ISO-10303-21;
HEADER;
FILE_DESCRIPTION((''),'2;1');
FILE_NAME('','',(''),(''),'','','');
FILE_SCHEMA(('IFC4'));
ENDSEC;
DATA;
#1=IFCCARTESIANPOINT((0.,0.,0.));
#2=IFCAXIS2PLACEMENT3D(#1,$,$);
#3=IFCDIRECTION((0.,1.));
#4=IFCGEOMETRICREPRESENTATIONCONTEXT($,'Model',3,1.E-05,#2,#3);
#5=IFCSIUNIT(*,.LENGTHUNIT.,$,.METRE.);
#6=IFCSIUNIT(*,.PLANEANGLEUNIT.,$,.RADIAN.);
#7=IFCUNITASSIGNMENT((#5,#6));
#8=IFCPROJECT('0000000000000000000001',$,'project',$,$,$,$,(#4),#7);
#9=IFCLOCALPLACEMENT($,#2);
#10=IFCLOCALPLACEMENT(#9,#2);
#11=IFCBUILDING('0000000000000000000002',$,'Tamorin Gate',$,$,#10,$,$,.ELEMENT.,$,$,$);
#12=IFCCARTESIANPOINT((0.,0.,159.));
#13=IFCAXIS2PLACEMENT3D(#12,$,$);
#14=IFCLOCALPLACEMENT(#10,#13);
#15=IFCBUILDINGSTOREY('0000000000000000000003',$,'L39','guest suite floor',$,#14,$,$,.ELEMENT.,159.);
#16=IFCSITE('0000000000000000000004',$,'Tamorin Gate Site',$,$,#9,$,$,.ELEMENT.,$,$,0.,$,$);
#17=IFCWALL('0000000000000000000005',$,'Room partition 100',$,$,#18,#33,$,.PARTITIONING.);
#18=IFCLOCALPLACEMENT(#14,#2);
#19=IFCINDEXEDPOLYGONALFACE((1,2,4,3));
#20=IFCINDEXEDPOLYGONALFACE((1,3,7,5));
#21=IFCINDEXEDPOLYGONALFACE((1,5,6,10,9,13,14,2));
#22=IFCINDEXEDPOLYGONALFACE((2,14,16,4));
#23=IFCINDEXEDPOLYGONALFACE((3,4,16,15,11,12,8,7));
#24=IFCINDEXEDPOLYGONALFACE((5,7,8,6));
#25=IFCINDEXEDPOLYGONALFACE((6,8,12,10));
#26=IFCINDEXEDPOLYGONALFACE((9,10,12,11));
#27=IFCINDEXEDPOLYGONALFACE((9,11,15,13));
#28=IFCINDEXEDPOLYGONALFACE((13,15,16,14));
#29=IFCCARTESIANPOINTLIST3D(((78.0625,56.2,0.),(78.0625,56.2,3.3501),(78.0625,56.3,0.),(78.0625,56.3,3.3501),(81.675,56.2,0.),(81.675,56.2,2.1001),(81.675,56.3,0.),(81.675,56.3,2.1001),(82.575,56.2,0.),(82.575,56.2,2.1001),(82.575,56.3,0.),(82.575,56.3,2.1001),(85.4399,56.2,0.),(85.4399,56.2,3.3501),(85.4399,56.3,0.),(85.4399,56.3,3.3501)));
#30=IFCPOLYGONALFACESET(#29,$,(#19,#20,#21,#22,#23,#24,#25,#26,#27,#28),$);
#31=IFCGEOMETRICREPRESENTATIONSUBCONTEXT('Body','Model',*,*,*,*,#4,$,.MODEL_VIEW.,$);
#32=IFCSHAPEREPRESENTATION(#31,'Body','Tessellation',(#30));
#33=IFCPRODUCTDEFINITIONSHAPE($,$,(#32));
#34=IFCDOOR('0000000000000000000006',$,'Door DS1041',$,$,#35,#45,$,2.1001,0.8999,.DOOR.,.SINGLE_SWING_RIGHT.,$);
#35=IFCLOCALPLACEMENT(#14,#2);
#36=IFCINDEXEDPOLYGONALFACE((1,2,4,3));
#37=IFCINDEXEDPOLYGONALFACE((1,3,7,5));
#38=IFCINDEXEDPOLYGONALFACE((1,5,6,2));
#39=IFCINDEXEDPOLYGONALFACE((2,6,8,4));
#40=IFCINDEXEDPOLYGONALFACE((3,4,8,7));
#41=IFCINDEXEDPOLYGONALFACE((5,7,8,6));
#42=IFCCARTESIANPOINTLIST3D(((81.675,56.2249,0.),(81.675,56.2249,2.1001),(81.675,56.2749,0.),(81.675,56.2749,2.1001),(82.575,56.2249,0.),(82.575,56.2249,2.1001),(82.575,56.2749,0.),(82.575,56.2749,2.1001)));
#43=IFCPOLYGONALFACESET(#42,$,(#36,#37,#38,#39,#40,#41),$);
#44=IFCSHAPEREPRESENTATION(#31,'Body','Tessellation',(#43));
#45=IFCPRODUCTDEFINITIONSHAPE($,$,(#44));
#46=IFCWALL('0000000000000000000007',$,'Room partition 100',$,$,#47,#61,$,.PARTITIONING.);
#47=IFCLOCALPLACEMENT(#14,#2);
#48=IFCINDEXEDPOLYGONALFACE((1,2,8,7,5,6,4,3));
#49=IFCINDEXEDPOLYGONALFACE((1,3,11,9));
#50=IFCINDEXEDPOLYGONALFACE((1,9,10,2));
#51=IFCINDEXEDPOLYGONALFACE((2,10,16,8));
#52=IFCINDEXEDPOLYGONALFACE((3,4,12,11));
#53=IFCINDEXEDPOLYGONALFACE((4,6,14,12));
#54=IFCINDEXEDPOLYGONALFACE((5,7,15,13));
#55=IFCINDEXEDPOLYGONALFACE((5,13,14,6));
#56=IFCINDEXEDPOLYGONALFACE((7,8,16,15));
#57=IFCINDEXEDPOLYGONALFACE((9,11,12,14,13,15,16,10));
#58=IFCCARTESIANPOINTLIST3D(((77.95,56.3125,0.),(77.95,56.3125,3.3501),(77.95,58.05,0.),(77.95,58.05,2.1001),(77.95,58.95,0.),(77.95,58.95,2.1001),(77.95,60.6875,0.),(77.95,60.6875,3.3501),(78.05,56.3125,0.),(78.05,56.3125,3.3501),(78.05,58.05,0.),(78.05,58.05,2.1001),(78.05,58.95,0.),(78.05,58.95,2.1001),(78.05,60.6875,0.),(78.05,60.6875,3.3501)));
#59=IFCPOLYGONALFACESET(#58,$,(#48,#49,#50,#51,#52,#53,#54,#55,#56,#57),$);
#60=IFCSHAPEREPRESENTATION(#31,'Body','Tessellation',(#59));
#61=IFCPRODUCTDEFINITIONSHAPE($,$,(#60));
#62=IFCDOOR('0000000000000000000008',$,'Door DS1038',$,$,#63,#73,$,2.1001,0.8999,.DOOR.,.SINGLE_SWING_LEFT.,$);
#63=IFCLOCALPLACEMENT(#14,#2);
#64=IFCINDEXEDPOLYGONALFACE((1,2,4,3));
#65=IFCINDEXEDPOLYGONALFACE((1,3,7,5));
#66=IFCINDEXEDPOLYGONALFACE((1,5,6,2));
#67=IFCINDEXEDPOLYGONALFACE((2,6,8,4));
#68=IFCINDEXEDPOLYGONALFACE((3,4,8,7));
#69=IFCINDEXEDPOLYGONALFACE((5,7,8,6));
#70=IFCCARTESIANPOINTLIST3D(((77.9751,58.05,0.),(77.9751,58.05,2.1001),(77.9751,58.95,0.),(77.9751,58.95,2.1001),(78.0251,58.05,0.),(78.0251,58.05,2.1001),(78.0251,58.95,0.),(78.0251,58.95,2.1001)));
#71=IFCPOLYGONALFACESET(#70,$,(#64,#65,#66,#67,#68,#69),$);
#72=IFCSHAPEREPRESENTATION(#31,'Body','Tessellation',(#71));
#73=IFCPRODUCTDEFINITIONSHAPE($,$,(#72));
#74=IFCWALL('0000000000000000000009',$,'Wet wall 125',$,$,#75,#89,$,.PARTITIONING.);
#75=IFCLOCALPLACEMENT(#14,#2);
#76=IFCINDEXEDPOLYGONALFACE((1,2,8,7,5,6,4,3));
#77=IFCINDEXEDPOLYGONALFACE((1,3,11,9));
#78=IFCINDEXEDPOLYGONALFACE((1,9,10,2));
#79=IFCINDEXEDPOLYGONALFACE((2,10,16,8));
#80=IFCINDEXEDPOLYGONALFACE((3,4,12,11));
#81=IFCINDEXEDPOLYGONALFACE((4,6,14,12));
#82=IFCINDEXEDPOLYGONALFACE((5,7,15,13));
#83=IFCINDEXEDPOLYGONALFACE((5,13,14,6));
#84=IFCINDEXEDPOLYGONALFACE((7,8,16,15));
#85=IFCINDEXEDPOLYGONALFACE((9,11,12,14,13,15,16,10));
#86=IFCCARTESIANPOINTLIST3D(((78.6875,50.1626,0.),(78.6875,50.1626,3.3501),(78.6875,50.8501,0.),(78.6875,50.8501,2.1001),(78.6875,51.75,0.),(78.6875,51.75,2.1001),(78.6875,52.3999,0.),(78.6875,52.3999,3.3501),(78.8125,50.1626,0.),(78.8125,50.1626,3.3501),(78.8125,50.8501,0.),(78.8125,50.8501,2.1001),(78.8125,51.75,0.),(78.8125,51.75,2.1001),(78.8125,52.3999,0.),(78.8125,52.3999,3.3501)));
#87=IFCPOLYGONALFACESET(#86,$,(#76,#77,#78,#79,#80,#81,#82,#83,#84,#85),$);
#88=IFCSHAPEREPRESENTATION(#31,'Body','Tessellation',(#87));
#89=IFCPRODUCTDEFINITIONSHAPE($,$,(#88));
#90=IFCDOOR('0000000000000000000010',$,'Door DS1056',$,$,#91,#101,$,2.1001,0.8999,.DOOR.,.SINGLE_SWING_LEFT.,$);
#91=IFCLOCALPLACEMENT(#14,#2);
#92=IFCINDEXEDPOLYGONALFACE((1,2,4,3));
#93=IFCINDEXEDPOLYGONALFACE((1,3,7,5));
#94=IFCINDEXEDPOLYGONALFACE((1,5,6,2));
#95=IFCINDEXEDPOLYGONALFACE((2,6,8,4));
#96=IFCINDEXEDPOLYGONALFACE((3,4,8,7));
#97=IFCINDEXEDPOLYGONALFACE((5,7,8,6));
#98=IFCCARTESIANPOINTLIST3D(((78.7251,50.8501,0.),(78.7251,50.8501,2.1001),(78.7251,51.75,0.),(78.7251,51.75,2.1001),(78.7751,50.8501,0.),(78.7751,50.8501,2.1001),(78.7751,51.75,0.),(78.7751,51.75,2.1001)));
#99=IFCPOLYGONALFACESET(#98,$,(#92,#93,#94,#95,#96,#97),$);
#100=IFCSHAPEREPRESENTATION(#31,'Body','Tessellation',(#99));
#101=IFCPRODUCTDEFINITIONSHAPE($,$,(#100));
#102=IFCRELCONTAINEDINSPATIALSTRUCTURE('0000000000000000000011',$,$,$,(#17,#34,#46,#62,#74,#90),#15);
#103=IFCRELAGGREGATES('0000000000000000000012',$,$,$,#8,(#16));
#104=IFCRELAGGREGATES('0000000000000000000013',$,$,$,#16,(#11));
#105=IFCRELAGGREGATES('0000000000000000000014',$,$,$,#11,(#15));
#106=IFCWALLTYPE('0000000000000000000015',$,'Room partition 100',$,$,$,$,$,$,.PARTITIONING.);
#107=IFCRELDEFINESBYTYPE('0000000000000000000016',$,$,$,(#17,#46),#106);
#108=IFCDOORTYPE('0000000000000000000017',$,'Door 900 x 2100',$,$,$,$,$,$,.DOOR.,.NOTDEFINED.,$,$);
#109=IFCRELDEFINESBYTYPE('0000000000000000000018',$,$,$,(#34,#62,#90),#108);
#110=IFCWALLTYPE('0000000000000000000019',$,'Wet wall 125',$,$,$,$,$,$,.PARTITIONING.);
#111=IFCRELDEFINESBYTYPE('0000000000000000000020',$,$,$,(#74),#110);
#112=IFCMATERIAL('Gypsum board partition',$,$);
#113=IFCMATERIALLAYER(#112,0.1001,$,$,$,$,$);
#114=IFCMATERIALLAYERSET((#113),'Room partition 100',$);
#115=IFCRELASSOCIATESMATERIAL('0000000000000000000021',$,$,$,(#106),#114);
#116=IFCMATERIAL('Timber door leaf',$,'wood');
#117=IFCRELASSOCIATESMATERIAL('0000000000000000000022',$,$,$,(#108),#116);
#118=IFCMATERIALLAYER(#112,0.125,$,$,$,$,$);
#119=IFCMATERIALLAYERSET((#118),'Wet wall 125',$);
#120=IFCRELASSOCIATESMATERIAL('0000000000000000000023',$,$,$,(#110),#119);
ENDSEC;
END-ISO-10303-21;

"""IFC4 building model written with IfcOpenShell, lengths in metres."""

from ifc_helpers import new_model, si_unit, direction, frame, frame_2d, origin, place, context, subcontext, project, spatial, rectangle, extrude, material, layer, layer_set, type_object, element, fill, save


model = new_model("IFC4")

# Units and contexts
model_context = context("Model", 3, precision=1e-05, world=origin(), true_north=direction((0.0, 1.0)))
body_context = subcontext(model_context, "Body", "Model", "MODEL_VIEW")
ifc_project = project(units=[si_unit("LENGTHUNIT", "METRE"), si_unit("PLANEANGLEUNIT", "RADIAN")], contexts=[model_context])

# Site, building, storey
site_placement = place(None, origin())
site = spatial("IfcSite", under=ifc_project, at=site_placement, Name="Tamorin Gate Site", CompositionType="ELEMENT", RefElevation=0.0)
building_placement = place(site_placement, origin())
building = spatial("IfcBuilding", under=site, at=building_placement, Name="Tamorin Gate", CompositionType="ELEMENT")
storey_placement = place(building_placement, frame((0.0, 0.0, 159.0)))
storey = spatial("IfcBuildingStorey", under=building, at=storey_placement, Name="L39", Description="guest suite floor", CompositionType="ELEMENT", Elevation=159.0)

# Walls, openings, doors
ifc_material_1 = material(Name="Gypsum board partition")
ifc_layer_1 = layer(ifc_material_1, 0.1001)
ifc_layer_set_1 = layer_set([ifc_layer_1], Name="Room partition 100")
wall_type_1 = type_object("IfcWallType", Name="Room partition 100", PredefinedType="PARTITIONING", material=ifc_layer_set_1)
wall_1_placement = place(storey_placement, frame((78.0625, 56.25, 0.0), z_axis=(0.0, 0.0, 1.0), x_axis=(1.0, 0.0, 0.0)))
wall_1 = element("IfcWall", 1, at=wall_1_placement, inside=storey, type_object=wall_type_1, Name="Room partition 100", PredefinedType="PARTITIONING", context=body_context, shape_type="SweptSolid", body=[
    extrude(rectangle(XDim=7.3774, YDim=0.1001, at=frame_2d((3.6887, 0.0))), origin(), (0.0, 0.0, 1.0), 3.3501),
])
opening_1_placement = place(wall_1_placement, frame((3.6125, 0.0, 0.0)))
opening_1 = element("IfcOpeningElement", 2, at=opening_1_placement, cuts=wall_1, PredefinedType="OPENING", context=body_context, shape_type="SweptSolid", body=[
    extrude(rectangle(XDim=0.8999, YDim=2.1001, at=frame_2d((0.45, 1.05))), frame((0.0, 0.0601, 0.0), z_axis=(0.0, -1.0, 0.0), x_axis=(1.0, 0.0, 0.0)), (0.0, 0.0, 1.0), 0.1201),
])
ifc_material_2 = material(Name="Timber door leaf", Category="wood")
door_type = type_object("IfcDoorType", Name="Door 900 x 2100", OperationType="NOTDEFINED", PredefinedType="DOOR", material=ifc_material_2)
door_1_placement = place(opening_1_placement, origin())
door_1 = element("IfcDoor", 3, at=door_1_placement, inside=storey, type_object=door_type, Name="Door DS1041", OperationType="SINGLE_SWING_RIGHT", OverallHeight=2.1001, OverallWidth=0.8999, PredefinedType="DOOR", context=body_context, shape_type="SweptSolid", body=[
    extrude(rectangle(XDim=0.8999, YDim=2.1001, at=frame_2d((0.45, 1.05))), frame((0.0, 0.0249, 0.0), z_axis=(0.0, -1.0, 0.0), x_axis=(1.0, 0.0, 0.0)), (0.0, 0.0, 1.0), 0.05),
])
fill(opening_1, door_1)
wall_2_placement = place(storey_placement, frame((78.0, 56.3125, 0.0), z_axis=(0.0, 0.0, 1.0), x_axis=(0.0, 1.0, 0.0)))
wall_2 = element("IfcWall", 4, at=wall_2_placement, inside=storey, type_object=wall_type_1, Name="Room partition 100", PredefinedType="PARTITIONING", context=body_context, shape_type="SweptSolid", body=[
    extrude(rectangle(XDim=4.375, YDim=0.1001, at=frame_2d((2.1875, 0.0))), origin(), (0.0, 0.0, 1.0), 3.3501),
])
opening_2_placement = place(wall_2_placement, frame((1.7375, 0.0, 0.0)))
opening_2 = element("IfcOpeningElement", 5, at=opening_2_placement, cuts=wall_2, PredefinedType="OPENING", context=body_context, shape_type="SweptSolid", body=[
    extrude(rectangle(XDim=0.8999, YDim=2.1001, at=frame_2d((0.45, 1.05))), frame((0.0, 0.0601, 0.0), z_axis=(0.0, -1.0, 0.0), x_axis=(1.0, 0.0, 0.0)), (0.0, 0.0, 1.0), 0.1201),
])
door_2_placement = place(opening_2_placement, origin())
door_2 = element("IfcDoor", 6, at=door_2_placement, inside=storey, type_object=door_type, Name="Door DS1038", OperationType="SINGLE_SWING_LEFT", OverallHeight=2.1001, OverallWidth=0.8999, PredefinedType="DOOR", context=body_context, shape_type="SweptSolid", body=[
    extrude(rectangle(XDim=0.8999, YDim=2.1001, at=frame_2d((0.45, 1.05))), frame((0.0, 0.0249, 0.0), z_axis=(0.0, -1.0, 0.0), x_axis=(1.0, 0.0, 0.0)), (0.0, 0.0, 1.0), 0.05),
])
fill(opening_2, door_2)
ifc_layer_2 = layer(ifc_material_1, 0.125)
ifc_layer_set_2 = layer_set([ifc_layer_2], Name="Wet wall 125")
wall_type_2 = type_object("IfcWallType", Name="Wet wall 125", PredefinedType="PARTITIONING", material=ifc_layer_set_2)
wall_3_placement = place(storey_placement, frame((78.75, 50.1626, 0.0), z_axis=(0.0, 0.0, 1.0), x_axis=(0.0, 1.0, 0.0)))
wall_3 = element("IfcWall", 7, at=wall_3_placement, inside=storey, type_object=wall_type_2, Name="Wet wall 125", PredefinedType="PARTITIONING", context=body_context, shape_type="SweptSolid", body=[
    extrude(rectangle(XDim=2.2373, YDim=0.125, at=frame_2d((1.1187, 0.0))), origin(), (0.0, 0.0, 1.0), 3.3501),
])
opening_3_placement = place(wall_3_placement, frame((0.6875, 0.0, 0.0)))
opening_3 = element("IfcOpeningElement", 8, at=opening_3_placement, cuts=wall_3, PredefinedType="OPENING", context=body_context, shape_type="SweptSolid", body=[
    extrude(rectangle(XDim=0.8999, YDim=2.1001, at=frame_2d((0.45, 1.05))), frame((0.0, 0.0725, 0.0), z_axis=(0.0, -1.0, 0.0), x_axis=(1.0, 0.0, 0.0)), (0.0, 0.0, 1.0), 0.145),
])
door_3_placement = place(opening_3_placement, origin())
door_3 = element("IfcDoor", 9, at=door_3_placement, inside=storey, type_object=door_type, Name="Door DS1056", OperationType="SINGLE_SWING_LEFT", OverallHeight=2.1001, OverallWidth=0.8999, PredefinedType="DOOR", context=body_context, shape_type="SweptSolid", body=[
    extrude(rectangle(XDim=0.8999, YDim=2.1001, at=frame_2d((0.45, 1.05))), frame((0.0, 0.0249, 0.0), z_axis=(0.0, -1.0, 0.0), x_axis=(1.0, 0.0, 0.0)), (0.0, 0.0, 1.0), 0.05),
])
fill(opening_3, door_3)

save(model, "model.ifc")
